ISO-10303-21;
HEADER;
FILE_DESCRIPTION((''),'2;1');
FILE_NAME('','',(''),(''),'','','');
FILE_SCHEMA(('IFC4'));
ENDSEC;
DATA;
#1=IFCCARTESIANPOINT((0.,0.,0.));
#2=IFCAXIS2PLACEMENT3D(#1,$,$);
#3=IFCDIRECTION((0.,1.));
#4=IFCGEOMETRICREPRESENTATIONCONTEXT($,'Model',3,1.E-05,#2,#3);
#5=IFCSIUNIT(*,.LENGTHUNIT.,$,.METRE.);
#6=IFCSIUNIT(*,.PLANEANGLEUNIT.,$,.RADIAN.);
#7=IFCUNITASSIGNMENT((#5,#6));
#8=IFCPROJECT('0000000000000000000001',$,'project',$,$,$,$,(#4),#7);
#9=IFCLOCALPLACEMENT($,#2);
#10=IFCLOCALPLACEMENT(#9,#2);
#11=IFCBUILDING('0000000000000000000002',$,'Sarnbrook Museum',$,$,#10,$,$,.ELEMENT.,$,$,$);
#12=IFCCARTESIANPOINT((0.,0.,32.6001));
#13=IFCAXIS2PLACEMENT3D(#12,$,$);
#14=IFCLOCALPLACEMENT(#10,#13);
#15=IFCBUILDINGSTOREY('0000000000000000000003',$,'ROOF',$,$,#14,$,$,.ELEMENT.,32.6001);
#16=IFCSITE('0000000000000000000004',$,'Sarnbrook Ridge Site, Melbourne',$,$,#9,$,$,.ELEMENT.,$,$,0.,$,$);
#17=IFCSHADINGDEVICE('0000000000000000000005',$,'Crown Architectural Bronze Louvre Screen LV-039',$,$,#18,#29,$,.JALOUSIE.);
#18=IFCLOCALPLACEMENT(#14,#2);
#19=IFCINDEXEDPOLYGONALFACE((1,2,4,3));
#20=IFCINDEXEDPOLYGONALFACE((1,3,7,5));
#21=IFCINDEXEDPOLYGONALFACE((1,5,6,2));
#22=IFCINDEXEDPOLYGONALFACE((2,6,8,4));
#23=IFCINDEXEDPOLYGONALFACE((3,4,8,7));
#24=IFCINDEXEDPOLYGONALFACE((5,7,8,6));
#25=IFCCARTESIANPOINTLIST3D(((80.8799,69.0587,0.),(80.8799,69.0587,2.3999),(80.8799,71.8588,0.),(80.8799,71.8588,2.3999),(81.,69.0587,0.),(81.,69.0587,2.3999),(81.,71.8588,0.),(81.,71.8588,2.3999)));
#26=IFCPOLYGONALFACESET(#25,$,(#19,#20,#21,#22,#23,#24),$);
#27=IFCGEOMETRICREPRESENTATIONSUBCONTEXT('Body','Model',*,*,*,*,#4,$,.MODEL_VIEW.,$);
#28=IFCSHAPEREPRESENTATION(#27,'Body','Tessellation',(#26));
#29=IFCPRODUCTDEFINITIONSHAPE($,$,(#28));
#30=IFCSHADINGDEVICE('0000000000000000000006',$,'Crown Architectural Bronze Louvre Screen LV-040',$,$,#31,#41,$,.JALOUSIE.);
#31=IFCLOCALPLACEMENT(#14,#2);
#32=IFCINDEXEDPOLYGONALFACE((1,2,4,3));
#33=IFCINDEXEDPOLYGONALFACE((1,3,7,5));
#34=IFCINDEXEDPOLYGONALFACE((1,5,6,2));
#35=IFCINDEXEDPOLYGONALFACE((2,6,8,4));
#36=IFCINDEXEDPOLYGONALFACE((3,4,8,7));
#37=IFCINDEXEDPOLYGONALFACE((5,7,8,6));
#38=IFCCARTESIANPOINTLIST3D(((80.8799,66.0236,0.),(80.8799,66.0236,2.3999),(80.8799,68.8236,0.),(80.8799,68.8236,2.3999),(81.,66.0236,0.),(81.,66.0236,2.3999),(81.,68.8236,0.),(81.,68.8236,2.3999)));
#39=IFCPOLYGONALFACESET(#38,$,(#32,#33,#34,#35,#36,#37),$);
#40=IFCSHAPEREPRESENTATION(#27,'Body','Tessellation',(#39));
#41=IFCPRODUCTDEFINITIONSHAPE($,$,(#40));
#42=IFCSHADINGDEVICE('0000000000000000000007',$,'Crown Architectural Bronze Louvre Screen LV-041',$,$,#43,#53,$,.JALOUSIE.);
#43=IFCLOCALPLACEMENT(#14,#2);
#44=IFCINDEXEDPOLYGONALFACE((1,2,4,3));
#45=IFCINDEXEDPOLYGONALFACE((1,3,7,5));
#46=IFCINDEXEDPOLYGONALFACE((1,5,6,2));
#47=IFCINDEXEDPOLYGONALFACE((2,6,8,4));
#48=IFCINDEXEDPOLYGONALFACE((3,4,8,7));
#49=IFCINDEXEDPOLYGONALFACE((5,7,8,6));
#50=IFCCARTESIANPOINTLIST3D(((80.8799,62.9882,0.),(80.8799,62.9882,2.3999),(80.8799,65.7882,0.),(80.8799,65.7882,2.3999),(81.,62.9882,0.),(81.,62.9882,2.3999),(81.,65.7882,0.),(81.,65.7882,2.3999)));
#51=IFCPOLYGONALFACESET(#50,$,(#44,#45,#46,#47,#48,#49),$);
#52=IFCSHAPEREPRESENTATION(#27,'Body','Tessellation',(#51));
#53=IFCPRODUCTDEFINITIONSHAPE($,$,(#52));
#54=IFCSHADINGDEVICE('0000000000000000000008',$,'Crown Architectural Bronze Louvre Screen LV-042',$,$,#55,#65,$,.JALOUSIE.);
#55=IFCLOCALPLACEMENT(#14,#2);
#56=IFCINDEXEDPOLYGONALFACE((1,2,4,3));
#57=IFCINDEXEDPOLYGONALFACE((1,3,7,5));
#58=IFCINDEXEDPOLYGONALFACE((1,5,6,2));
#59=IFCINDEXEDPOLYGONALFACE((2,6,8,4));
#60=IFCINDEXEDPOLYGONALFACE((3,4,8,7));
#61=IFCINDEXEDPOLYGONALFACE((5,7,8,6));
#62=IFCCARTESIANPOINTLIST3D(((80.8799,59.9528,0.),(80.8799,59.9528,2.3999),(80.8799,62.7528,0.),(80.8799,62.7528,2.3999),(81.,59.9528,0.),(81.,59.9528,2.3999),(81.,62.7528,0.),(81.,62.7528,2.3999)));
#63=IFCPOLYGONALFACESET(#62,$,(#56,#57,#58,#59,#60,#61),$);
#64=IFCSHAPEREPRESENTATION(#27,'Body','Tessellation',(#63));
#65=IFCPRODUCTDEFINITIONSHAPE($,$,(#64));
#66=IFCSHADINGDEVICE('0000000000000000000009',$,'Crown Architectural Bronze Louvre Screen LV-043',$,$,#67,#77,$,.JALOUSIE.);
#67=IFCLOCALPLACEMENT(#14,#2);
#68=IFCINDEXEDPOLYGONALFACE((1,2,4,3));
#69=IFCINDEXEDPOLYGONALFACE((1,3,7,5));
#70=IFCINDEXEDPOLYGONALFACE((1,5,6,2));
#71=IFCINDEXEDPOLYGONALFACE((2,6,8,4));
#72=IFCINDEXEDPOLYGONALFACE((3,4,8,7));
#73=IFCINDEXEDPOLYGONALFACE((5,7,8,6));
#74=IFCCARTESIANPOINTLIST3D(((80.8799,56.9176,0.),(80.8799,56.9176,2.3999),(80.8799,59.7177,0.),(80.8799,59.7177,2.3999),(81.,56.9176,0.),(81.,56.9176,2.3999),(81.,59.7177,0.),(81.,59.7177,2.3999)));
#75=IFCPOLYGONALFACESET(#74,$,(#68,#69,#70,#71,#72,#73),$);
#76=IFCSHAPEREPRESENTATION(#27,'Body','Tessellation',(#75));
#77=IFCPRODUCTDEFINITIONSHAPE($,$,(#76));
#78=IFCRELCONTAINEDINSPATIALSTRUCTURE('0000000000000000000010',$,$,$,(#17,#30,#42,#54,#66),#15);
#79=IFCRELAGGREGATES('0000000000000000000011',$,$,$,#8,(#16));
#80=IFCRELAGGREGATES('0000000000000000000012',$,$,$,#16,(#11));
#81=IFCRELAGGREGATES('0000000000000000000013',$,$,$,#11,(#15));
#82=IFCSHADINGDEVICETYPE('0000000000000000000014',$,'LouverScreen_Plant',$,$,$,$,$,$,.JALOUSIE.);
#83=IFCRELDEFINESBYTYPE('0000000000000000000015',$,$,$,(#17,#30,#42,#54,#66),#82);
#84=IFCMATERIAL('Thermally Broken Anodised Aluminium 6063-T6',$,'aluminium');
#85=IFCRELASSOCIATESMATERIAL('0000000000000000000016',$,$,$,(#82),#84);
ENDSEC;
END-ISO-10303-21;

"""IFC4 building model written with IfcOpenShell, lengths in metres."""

from ifc_helpers import new_model, si_unit, direction, frame, origin, origin_2d, place, context, subcontext, project, spatial, rectangle, extrude, material, type_object, element, save


model = new_model("IFC4")

# Units and contexts
model_context = context("Model", 3, precision=1e-05, world=origin(), true_north=direction((0.0, 1.0)))
body_context = subcontext(model_context, "Body", "Model", "MODEL_VIEW")
ifc_project = project(units=[si_unit("LENGTHUNIT", "METRE"), si_unit("PLANEANGLEUNIT", "RADIAN")], contexts=[model_context])

# Site, building, storey
site_placement = place(None, origin())
site = spatial("IfcSite", under=ifc_project, at=site_placement, Name="Sarnbrook Ridge Site, Melbourne", CompositionType="ELEMENT", RefElevation=0.0)
building_placement = place(site_placement, origin())
building = spatial("IfcBuilding", under=site, at=building_placement, Name="Sarnbrook Museum", CompositionType="ELEMENT")
storey_placement = place(building_placement, frame((0.0, 0.0, 32.6001)))
storey = spatial("IfcBuildingStorey", under=building, at=storey_placement, Name="ROOF", CompositionType="ELEMENT", Elevation=32.6001)

# Shading devices
ifc_material_1 = material(Name="Thermally Broken Anodised Aluminium 6063-T6", Category="aluminium")
shading_device_type = type_object("IfcShadingDeviceType", Name="LouverScreen_Plant", PredefinedType="JALOUSIE", material=ifc_material_1)
for number, where, z_axis, x_axis, name in (
    (1, (80.9399, 70.4587, 0.0), (0.0, 0.0, 1.0), (0.0, -1.0, 0.0), "Crown Architectural Bronze Louvre Screen LV-039"),
    (2, (80.9399, 67.4236, 0.0), (0.0, 0.0, 1.0), (0.0, -1.0, 0.0), "Crown Architectural Bronze Louvre Screen LV-040"),
    (3, (80.9399, 64.3882, 0.0), (0.0, 0.0, 1.0), (0.0, -1.0, 0.0), "Crown Architectural Bronze Louvre Screen LV-041"),
    (4, (80.9399, 61.3528, 0.0), (0.0, 0.0, 1.0), (0.0, -1.0, 0.0), "Crown Architectural Bronze Louvre Screen LV-042"),
    (5, (80.9399, 58.3176, 0.0), (0.0, 0.0, 1.0), (0.0, -1.0, 0.0), "Crown Architectural Bronze Louvre Screen LV-043"),
):
    element("IfcShadingDevice", number, at=place(storey_placement, frame(where, z_axis=z_axis, x_axis=x_axis)), inside=storey, type_object=shading_device_type, Name=name, PredefinedType="JALOUSIE", context=body_context, shape_type="SweptSolid", body=[
        extrude(rectangle(XDim=2.8, YDim=0.1201, at=origin_2d()), origin(), (0.0, 0.0, 1.0), 2.3999),
    ])

save(model, "model.ifc")
